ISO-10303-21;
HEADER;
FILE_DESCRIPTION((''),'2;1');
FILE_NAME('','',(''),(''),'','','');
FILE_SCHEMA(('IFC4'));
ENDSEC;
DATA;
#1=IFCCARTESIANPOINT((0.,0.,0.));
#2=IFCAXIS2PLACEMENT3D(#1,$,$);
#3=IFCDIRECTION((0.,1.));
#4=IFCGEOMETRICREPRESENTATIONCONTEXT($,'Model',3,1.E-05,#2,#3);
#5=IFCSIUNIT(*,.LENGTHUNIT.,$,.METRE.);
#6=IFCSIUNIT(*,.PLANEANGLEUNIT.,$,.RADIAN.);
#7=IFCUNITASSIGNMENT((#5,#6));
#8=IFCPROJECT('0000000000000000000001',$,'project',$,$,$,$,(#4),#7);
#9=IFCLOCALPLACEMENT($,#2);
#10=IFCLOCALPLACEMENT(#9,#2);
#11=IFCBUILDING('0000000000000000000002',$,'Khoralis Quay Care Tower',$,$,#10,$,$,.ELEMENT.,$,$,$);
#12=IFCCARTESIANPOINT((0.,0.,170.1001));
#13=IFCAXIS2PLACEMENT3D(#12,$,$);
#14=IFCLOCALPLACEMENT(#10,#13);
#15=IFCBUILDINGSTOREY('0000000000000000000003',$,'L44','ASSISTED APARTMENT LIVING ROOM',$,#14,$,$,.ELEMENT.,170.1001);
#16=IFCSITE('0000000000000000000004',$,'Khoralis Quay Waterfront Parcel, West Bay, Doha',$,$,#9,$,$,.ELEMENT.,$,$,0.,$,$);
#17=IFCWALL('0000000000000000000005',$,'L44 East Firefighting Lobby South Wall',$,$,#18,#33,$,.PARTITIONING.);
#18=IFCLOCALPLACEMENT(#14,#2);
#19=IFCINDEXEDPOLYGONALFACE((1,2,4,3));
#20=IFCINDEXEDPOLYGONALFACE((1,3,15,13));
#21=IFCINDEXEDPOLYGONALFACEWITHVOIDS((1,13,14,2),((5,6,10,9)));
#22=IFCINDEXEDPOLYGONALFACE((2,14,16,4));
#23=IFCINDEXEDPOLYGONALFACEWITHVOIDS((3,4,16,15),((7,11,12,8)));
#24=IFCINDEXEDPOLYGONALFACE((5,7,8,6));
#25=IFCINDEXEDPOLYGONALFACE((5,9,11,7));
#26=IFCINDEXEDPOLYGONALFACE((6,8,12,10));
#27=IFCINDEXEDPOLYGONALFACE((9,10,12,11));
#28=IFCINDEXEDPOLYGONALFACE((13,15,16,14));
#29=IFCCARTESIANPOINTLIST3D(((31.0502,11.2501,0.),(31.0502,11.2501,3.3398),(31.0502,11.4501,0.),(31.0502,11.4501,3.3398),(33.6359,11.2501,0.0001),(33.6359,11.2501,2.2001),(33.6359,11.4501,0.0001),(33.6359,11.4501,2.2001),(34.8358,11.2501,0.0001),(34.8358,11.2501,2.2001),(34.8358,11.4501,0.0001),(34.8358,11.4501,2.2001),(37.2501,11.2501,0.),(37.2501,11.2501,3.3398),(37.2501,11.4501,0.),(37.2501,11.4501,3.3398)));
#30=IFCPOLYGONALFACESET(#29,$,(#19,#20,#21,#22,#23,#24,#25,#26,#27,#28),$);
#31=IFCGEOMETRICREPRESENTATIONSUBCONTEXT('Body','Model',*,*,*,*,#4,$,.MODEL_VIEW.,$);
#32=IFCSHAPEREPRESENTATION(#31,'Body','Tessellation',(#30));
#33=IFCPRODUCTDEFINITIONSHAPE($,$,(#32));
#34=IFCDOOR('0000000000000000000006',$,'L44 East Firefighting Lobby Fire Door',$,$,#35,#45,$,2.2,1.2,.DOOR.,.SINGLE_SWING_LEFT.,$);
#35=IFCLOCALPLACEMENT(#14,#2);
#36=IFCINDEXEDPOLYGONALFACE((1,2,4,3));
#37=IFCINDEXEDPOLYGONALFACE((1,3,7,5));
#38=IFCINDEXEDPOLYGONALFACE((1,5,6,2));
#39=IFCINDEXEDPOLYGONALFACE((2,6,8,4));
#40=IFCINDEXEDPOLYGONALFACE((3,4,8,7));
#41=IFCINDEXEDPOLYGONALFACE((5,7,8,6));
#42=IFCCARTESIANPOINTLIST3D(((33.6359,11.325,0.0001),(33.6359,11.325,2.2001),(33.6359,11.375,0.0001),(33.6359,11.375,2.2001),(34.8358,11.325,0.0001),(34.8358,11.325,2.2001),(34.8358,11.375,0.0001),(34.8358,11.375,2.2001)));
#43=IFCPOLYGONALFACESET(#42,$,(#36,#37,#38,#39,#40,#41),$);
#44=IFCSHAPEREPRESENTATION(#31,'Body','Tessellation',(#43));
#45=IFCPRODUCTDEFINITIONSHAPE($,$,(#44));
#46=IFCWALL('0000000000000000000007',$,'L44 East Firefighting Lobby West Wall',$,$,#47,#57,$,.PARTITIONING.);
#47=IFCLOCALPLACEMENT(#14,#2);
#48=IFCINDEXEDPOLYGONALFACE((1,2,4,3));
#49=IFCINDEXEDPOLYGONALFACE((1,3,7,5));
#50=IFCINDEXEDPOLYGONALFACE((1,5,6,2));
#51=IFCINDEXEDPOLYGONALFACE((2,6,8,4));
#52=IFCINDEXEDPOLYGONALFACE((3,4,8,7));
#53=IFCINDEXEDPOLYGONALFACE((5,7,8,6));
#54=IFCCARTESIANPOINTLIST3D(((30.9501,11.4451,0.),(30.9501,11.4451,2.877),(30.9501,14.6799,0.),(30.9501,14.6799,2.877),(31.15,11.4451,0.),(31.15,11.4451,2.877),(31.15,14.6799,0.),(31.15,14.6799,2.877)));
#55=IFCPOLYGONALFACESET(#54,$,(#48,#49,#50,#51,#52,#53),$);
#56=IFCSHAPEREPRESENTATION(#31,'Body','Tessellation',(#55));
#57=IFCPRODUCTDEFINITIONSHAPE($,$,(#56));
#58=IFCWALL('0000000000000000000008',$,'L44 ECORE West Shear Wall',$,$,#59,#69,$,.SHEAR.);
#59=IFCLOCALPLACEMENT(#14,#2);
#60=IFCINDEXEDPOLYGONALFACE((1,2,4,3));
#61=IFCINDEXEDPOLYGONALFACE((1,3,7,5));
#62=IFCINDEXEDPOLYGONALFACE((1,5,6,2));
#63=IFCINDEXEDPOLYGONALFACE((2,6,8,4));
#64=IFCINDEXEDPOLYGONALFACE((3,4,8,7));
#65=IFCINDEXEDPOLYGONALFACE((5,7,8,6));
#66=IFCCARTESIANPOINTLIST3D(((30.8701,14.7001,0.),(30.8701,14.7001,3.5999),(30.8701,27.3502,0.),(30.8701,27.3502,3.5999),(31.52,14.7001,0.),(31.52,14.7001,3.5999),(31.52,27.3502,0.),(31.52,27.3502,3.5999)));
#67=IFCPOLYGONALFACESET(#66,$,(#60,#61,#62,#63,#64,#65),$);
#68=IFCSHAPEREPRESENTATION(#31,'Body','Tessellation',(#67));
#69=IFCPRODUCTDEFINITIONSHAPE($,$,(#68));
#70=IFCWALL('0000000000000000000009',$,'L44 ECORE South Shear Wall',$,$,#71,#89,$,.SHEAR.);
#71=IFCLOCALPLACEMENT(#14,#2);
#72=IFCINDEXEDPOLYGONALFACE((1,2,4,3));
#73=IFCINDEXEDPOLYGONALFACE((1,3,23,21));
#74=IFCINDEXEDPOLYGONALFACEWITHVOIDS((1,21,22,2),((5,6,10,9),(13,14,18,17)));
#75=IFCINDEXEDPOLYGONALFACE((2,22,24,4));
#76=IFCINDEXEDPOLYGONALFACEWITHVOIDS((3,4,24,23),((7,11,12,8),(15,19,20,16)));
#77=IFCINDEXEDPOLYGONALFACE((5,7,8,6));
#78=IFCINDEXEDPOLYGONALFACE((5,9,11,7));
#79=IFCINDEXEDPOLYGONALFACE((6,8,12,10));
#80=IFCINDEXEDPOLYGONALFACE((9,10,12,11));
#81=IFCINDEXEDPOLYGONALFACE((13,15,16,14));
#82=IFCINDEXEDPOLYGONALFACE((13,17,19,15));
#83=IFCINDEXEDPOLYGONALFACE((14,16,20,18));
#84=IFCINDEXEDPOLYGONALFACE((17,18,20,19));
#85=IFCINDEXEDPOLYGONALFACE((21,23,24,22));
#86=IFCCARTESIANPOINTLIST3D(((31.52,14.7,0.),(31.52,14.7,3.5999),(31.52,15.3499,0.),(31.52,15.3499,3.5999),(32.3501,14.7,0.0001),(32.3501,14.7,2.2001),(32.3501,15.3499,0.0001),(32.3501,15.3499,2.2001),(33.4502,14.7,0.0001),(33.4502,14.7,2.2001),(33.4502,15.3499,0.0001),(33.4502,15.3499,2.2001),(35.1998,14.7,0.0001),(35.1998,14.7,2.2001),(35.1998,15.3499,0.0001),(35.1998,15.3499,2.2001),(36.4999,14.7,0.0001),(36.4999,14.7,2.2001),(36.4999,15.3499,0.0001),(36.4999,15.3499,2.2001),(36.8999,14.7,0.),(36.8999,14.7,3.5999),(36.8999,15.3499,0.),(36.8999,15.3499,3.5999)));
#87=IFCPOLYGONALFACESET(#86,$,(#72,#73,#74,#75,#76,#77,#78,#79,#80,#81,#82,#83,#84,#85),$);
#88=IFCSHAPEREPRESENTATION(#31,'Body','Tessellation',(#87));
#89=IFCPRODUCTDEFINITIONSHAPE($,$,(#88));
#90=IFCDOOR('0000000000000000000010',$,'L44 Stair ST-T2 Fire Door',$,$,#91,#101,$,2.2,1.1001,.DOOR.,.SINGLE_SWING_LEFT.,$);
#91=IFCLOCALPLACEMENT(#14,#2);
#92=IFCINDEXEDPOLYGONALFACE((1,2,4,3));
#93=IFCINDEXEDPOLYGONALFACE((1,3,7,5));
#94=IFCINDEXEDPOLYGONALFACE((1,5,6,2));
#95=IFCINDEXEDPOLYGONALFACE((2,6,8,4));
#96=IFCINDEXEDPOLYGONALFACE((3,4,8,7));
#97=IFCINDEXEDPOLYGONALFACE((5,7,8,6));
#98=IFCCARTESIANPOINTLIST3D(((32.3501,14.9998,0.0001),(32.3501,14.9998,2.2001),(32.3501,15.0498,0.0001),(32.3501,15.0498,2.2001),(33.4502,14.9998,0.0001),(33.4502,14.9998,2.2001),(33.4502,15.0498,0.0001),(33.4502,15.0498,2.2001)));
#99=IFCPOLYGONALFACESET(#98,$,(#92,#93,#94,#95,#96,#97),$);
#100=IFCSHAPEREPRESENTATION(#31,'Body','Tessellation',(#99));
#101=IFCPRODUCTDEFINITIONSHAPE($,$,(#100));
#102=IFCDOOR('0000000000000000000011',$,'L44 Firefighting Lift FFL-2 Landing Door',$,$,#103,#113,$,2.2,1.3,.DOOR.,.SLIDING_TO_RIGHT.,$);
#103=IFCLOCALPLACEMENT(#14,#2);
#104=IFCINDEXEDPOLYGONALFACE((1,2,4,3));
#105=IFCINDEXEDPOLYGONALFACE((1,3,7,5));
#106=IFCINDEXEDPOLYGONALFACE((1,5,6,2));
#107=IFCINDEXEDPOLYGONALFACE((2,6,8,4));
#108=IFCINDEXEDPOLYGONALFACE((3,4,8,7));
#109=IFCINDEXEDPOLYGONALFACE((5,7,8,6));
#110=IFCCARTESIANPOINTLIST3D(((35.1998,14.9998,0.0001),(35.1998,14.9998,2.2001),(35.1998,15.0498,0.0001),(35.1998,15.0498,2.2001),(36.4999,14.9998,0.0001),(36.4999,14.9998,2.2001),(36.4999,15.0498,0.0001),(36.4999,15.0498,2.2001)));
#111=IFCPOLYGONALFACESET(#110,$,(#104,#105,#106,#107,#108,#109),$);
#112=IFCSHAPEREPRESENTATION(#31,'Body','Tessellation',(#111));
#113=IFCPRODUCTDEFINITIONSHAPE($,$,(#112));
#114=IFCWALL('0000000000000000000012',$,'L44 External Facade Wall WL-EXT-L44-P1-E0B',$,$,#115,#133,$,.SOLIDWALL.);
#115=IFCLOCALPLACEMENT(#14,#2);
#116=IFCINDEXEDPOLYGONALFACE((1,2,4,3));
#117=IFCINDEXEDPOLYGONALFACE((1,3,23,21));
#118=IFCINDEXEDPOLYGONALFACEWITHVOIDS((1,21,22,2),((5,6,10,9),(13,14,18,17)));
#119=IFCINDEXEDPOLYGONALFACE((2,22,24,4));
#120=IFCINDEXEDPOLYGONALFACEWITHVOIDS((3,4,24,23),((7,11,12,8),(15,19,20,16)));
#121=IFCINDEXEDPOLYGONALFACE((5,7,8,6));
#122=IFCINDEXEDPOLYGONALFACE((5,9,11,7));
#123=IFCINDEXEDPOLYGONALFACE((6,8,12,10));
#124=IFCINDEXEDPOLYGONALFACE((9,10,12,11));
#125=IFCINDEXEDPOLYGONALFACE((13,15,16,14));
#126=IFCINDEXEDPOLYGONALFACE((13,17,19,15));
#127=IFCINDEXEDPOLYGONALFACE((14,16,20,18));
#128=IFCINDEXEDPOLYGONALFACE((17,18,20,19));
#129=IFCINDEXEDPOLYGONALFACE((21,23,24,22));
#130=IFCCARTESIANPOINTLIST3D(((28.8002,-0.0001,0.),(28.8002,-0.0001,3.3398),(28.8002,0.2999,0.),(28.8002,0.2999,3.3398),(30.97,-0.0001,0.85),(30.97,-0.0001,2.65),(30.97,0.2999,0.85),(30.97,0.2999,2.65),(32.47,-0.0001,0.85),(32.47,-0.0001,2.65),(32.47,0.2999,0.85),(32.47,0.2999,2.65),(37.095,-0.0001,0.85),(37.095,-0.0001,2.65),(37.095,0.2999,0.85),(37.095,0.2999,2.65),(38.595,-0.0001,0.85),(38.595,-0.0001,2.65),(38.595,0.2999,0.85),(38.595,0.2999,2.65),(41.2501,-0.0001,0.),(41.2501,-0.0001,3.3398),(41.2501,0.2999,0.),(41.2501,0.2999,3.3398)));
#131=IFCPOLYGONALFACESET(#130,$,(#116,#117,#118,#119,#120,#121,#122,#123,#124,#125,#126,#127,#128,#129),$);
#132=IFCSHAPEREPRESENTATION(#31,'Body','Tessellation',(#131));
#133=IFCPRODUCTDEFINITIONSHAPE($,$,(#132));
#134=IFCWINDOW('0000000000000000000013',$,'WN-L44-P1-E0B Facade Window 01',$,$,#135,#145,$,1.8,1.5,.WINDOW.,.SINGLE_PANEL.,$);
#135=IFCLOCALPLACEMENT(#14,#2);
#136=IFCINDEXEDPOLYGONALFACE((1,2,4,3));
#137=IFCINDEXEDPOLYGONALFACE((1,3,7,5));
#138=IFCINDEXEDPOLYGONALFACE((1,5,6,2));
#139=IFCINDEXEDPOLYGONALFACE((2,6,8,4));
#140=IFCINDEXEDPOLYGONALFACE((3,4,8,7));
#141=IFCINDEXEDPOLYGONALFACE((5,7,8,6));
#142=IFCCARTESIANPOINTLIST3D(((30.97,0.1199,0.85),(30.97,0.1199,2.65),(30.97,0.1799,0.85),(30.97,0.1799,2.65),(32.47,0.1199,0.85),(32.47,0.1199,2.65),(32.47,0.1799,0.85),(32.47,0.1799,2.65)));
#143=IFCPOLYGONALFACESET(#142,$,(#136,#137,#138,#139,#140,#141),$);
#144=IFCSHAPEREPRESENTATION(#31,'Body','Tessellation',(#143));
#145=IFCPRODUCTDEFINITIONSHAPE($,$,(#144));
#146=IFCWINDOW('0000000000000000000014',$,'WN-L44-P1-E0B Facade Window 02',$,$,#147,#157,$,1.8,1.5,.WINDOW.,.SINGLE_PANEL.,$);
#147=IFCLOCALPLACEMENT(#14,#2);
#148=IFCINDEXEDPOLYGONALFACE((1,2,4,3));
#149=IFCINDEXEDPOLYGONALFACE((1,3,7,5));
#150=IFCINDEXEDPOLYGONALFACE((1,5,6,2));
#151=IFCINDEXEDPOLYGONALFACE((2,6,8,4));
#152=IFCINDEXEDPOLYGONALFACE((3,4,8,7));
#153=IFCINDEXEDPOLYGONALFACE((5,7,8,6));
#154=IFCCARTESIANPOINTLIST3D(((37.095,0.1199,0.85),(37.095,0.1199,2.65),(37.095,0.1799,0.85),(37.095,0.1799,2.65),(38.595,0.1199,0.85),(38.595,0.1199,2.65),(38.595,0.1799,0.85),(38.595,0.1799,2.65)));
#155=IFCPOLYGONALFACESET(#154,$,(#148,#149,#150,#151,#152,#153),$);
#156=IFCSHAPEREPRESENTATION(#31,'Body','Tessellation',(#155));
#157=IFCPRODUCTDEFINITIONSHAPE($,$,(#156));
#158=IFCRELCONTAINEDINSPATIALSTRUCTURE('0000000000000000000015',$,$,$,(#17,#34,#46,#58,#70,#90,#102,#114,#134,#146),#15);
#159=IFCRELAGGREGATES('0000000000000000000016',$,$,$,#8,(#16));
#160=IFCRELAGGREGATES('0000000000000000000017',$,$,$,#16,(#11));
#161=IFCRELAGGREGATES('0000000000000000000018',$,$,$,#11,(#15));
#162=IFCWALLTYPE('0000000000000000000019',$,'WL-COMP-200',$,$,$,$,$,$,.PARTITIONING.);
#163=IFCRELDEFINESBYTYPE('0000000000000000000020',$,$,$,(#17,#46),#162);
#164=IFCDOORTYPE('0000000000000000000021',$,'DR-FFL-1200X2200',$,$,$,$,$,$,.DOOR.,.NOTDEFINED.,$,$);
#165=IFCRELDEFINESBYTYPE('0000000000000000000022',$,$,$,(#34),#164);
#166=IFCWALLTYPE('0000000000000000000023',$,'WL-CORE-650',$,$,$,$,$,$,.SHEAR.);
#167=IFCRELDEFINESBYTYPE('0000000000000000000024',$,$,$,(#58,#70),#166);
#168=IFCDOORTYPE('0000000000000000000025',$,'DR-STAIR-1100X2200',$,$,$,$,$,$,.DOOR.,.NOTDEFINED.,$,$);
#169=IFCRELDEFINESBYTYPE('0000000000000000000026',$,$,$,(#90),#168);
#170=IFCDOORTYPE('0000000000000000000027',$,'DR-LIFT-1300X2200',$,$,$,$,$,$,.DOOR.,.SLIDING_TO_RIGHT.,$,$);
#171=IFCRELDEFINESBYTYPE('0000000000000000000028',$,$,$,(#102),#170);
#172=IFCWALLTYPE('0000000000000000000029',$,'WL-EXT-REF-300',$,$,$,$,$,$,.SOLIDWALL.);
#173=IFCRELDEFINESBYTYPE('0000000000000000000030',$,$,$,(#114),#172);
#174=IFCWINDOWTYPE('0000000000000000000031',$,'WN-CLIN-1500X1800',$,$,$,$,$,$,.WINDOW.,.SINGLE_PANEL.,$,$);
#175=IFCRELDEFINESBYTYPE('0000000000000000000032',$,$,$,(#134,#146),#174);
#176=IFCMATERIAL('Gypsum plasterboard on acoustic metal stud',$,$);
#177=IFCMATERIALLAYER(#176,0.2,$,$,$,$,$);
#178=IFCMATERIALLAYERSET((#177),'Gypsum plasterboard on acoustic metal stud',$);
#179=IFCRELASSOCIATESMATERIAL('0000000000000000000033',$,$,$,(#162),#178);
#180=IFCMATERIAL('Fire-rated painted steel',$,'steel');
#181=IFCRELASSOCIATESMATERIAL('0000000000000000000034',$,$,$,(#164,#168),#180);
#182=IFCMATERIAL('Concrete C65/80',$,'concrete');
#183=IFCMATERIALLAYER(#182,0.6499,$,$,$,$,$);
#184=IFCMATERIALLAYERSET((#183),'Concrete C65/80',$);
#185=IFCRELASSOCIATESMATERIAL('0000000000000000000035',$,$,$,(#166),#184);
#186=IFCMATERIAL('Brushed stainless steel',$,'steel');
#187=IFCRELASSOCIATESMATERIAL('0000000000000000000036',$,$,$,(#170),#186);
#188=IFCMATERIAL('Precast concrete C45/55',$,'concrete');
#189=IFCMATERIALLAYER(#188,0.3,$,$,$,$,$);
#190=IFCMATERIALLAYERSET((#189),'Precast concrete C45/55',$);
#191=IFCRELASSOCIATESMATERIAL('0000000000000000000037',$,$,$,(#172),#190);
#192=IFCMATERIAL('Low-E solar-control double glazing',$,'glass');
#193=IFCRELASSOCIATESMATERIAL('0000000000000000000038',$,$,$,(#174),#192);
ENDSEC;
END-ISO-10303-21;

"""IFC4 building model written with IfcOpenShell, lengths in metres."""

from ifc_helpers import new_model, si_unit, direction, frame, frame_2d, origin, place, context, subcontext, project, spatial, rectangle, extrude, source, transform, mapped, material, layer, layer_set, type_object, element, fill, save


model = new_model("IFC4")

# Units and contexts
model_context = context("Model", 3, precision=1e-05, world=origin(), true_north=direction((0.0, 1.0)))
body_context = subcontext(model_context, "Body", "Model", "MODEL_VIEW")
ifc_project = project(units=[si_unit("LENGTHUNIT", "METRE"), si_unit("PLANEANGLEUNIT", "RADIAN")], contexts=[model_context])

# Site, building, storey
site_placement = place(None, origin())
site = spatial("IfcSite", under=ifc_project, at=site_placement, Name="Khoralis Quay Waterfront Parcel, West Bay, Doha", CompositionType="ELEMENT", RefElevation=0.0)
building_placement = place(site_placement, origin())
building = spatial("IfcBuilding", under=site, at=building_placement, Name="Khoralis Quay Care Tower", CompositionType="ELEMENT")
storey_placement = place(building_placement, frame((0.0, 0.0, 170.1001)))
storey = spatial("IfcBuildingStorey", under=building, at=storey_placement, Name="L44", Description="ASSISTED APARTMENT LIVING ROOM", CompositionType="ELEMENT", Elevation=170.1001)

# Shared definitions
ifc_material_1 = material(Name="Concrete C65/80", Category="concrete")

# Wall, opening, door
ifc_material_2 = material(Name="Gypsum plasterboard on acoustic metal stud")
ifc_layer_1 = layer(ifc_material_2, 0.2)
ifc_layer_set_1 = layer_set([ifc_layer_1], Name="Gypsum plasterboard on acoustic metal stud")
wall_type_1 = type_object("IfcWallType", Name="WL-COMP-200", PredefinedType="PARTITIONING", material=ifc_layer_set_1)
wall_1_placement = place(storey_placement, frame((31.05, 11.3501, 0.0), z_axis=(0.0, 0.0, 1.0), x_axis=(1.0, 0.0, 0.0)))
wall_1 = element("IfcWall", 1, at=wall_1_placement, inside=storey, type_object=wall_type_1, Name="L44 East Firefighting Lobby South Wall", PredefinedType="PARTITIONING", context=body_context, shape_type="SweptSolid", body=[
    extrude(rectangle(XDim=6.2, YDim=0.2, at=frame_2d((3.1001, 0.0))), origin(), (0.0, 0.0, 1.0), 3.3398),
])
opening_1_placement = place(wall_1_placement, frame((2.5857, 0.0, 0.0)))
opening_1 = element("IfcOpeningElement", 2, at=opening_1_placement, cuts=wall_1, PredefinedType="OPENING", context=body_context, shape_type="SweptSolid", body=[
    extrude(rectangle(XDim=1.2, YDim=2.2, at=frame_2d((0.6001, 1.1001))), frame((0.0, 0.1099, 0.0), z_axis=(0.0, -1.0, 0.0), x_axis=(1.0, 0.0, 0.0)), (0.0, 0.0, 1.0), 0.22),
])
ifc_material_3 = material(Name="Fire-rated painted steel", Category="steel")
door_type_1 = type_object("IfcDoorType", Name="DR-FFL-1200X2200", OperationType="NOTDEFINED", PredefinedType="DOOR", material=ifc_material_3)
shared_shape_1 = source(origin(), body_context, "Body", "SweptSolid", [
    extrude(rectangle(XDim=1.2, YDim=2.2, at=frame_2d((0.6001, 1.1001))), frame((0.0, 0.0249, 0.0), z_axis=(0.0, -1.0, 0.0), x_axis=(1.0, 0.0, 0.0)), (0.0, 0.0, 1.0), 0.05),
])
door_1_placement = place(opening_1_placement, origin())
door_1 = element("IfcDoor", 3, at=door_1_placement, inside=storey, type_object=door_type_1, Name="L44 East Firefighting Lobby Fire Door", OperationType="SINGLE_SWING_LEFT", OverallHeight=2.2, OverallWidth=1.2, PredefinedType="DOOR", context=body_context, shape_type="MappedRepresentation", body=[
    mapped(shared_shape_1, transform((0.0, 0.0, 0.0), scale=1.0)),
])
fill(opening_1, door_1)

# Walls
wall_2_placement = place(storey_placement, frame((31.05, 11.4451, 0.0), z_axis=(0.0, 0.0, 1.0), x_axis=(0.0, 1.0, 0.0)))
element("IfcWall", 4, at=wall_2_placement, inside=storey, type_object=wall_type_1, Name="L44 East Firefighting Lobby West Wall", PredefinedType="PARTITIONING", context=body_context, shape_type="SweptSolid", body=[
    extrude(rectangle(XDim=3.2349, YDim=0.2, at=frame_2d((1.6174, 0.0))), origin(), (0.0, 0.0, 1.0), 2.877),
])
ifc_layer_2 = layer(ifc_material_1, 0.6499)
ifc_layer_set_2 = layer_set([ifc_layer_2], Name="Concrete C65/80")
wall_type_2 = type_object("IfcWallType", Name="WL-CORE-650", PredefinedType="SHEAR", material=ifc_layer_set_2)
wall_3_placement = place(storey_placement, frame((31.1951, 14.7, 0.0), z_axis=(0.0, 0.0, 1.0), x_axis=(0.0, 1.0, 0.0)))
element("IfcWall", 5, at=wall_3_placement, inside=storey, type_object=wall_type_2, Name="L44 ECORE West Shear Wall", PredefinedType="SHEAR", context=body_context, shape_type="SweptSolid", body=[
    extrude(rectangle(XDim=12.6501, YDim=0.6499, at=frame_2d((6.3252, 0.0))), origin(), (0.0, 0.0, 1.0), 3.5999),
])

# Wall, openings, doors
wall_4_placement = place(storey_placement, frame((31.52, 15.0249, 0.0), z_axis=(0.0, 0.0, 1.0), x_axis=(1.0, 0.0, 0.0)))
wall_4 = element("IfcWall", 6, at=wall_4_placement, inside=storey, type_object=wall_type_2, Name="L44 ECORE South Shear Wall", PredefinedType="SHEAR", context=body_context, shape_type="SweptSolid", body=[
    extrude(rectangle(XDim=5.3799, YDim=0.6499, at=frame_2d((2.6899, 0.0))), origin(), (0.0, 0.0, 1.0), 3.5999),
])
opening_2_placement = place(wall_4_placement, frame((0.8301, 0.0, 0.0)))
opening_2 = element("IfcOpeningElement", 7, at=opening_2_placement, cuts=wall_4, PredefinedType="OPENING", context=body_context, shape_type="SweptSolid", body=[
    extrude(rectangle(XDim=1.1001, YDim=2.2, at=frame_2d((0.55, 1.1001))), frame((0.0, 0.335, 0.0), z_axis=(0.0, -1.0, 0.0), x_axis=(1.0, 0.0, 0.0)), (0.0, 0.0, 1.0), 0.6699),
])
opening_3_placement = place(wall_4_placement, frame((3.6799, 0.0, 0.0)))
opening_3 = element("IfcOpeningElement", 8, at=opening_3_placement, cuts=wall_4, PredefinedType="OPENING", context=body_context, shape_type="SweptSolid", body=[
    extrude(rectangle(XDim=1.3, YDim=2.2, at=frame_2d((0.6499, 1.1001))), frame((0.0, 0.335, 0.0), z_axis=(0.0, -1.0, 0.0), x_axis=(1.0, 0.0, 0.0)), (0.0, 0.0, 1.0), 0.6699),
])
door_type_2 = type_object("IfcDoorType", Name="DR-STAIR-1100X2200", OperationType="NOTDEFINED", PredefinedType="DOOR", material=ifc_material_3)
shared_shape_2 = source(origin(), body_context, "Body", "SweptSolid", [
    extrude(rectangle(XDim=1.1001, YDim=2.2, at=frame_2d((0.55, 1.1001))), frame((0.0, 0.0249, 0.0), z_axis=(0.0, -1.0, 0.0), x_axis=(1.0, 0.0, 0.0)), (0.0, 0.0, 1.0), 0.05),
])
door_2_placement = place(opening_2_placement, origin())
door_2 = element("IfcDoor", 9, at=door_2_placement, inside=storey, type_object=door_type_2, Name="L44 Stair ST-T2 Fire Door", OperationType="SINGLE_SWING_LEFT", OverallHeight=2.2, OverallWidth=1.1001, PredefinedType="DOOR", context=body_context, shape_type="MappedRepresentation", body=[
    mapped(shared_shape_2, transform((0.0, 0.0, 0.0), scale=1.0)),
])
fill(opening_2, door_2)
ifc_material_4 = material(Name="Brushed stainless steel", Category="steel")
door_type_3 = type_object("IfcDoorType", Name="DR-LIFT-1300X2200", OperationType="SLIDING_TO_RIGHT", PredefinedType="DOOR", material=ifc_material_4)
shared_shape_3 = source(origin(), body_context, "Body", "SweptSolid", [
    extrude(rectangle(XDim=1.3, YDim=2.2, at=frame_2d((0.6499, 1.1001))), frame((0.0, 0.0249, 0.0), z_axis=(0.0, -1.0, 0.0), x_axis=(1.0, 0.0, 0.0)), (0.0, 0.0, 1.0), 0.05),
])
door_3_placement = place(opening_3_placement, origin())
door_3 = element("IfcDoor", 10, at=door_3_placement, inside=storey, type_object=door_type_3, Name="L44 Firefighting Lift FFL-2 Landing Door", OperationType="SLIDING_TO_RIGHT", OverallHeight=2.2, OverallWidth=1.3, PredefinedType="DOOR", context=body_context, shape_type="MappedRepresentation", body=[
    mapped(shared_shape_3, transform((0.0, 0.0, 0.0), scale=1.0)),
])
fill(opening_3, door_3)

# Wall, openings, windows
ifc_material_5 = material(Name="Precast concrete C45/55", Category="concrete")
ifc_layer_3 = layer(ifc_material_5, 0.3)
ifc_layer_set_3 = layer_set([ifc_layer_3], Name="Precast concrete C45/55")
wall_type_3 = type_object("IfcWallType", Name="WL-EXT-REF-300", PredefinedType="SOLIDWALL", material=ifc_layer_set_3)
wall_5_placement = place(storey_placement, frame((28.8, 0.1499, 0.0), z_axis=(0.0, 0.0, 1.0), x_axis=(1.0, 0.0, 0.0)))
wall_5 = element("IfcWall", 11, at=wall_5_placement, inside=storey, type_object=wall_type_3, Name="L44 External Facade Wall WL-EXT-L44-P1-E0B", PredefinedType="SOLIDWALL", context=body_context, shape_type="SweptSolid", body=[
    extrude(rectangle(XDim=12.45, YDim=0.3, at=frame_2d((6.2251, 0.0))), origin(), (0.0, 0.0, 1.0), 3.3398),
])
opening_4_placement = place(wall_5_placement, frame((2.1699, 0.0, 0.8501)))
opening_4 = element("IfcOpeningElement", 12, at=opening_4_placement, cuts=wall_5, PredefinedType="OPENING", context=body_context, shape_type="SweptSolid", body=[
    extrude(rectangle(XDim=1.5, YDim=1.8, at=frame_2d((0.75, 0.8999))), frame((0.0, 0.1602, 0.0), z_axis=(0.0, -1.0, 0.0), x_axis=(1.0, 0.0, 0.0)), (0.0, 0.0, 1.0), 0.3201),
])
opening_5_placement = place(wall_5_placement, frame((8.2949, 0.0, 0.8501)))
opening_5 = element("IfcOpeningElement", 13, at=opening_5_placement, cuts=wall_5, PredefinedType="OPENING", context=body_context, shape_type="SweptSolid", body=[
    extrude(rectangle(XDim=1.5, YDim=1.8, at=frame_2d((0.75, 0.8999))), frame((0.0, 0.1602, 0.0), z_axis=(0.0, -1.0, 0.0), x_axis=(1.0, 0.0, 0.0)), (0.0, 0.0, 1.0), 0.3201),
])
ifc_material_6 = material(Name="Low-E solar-control double glazing", Category="glass")
window_type = type_object("IfcWindowType", Name="WN-CLIN-1500X1800", PartitioningType="SINGLE_PANEL", PredefinedType="WINDOW", material=ifc_material_6)
shared_shape_4 = source(origin(), body_context, "Body", "SweptSolid", [
    extrude(rectangle(XDim=1.5, YDim=1.8, at=frame_2d((0.75, 0.8999))), frame((0.0, 0.03, 0.0), z_axis=(0.0, -1.0, 0.0), x_axis=(1.0, 0.0, 0.0)), (0.0, 0.0, 1.0), 0.0601),
])
window_1_placement = place(opening_4_placement, origin())
window_1 = element("IfcWindow", 14, at=window_1_placement, inside=storey, type_object=window_type, Name="WN-L44-P1-E0B Facade Window 01", OverallHeight=1.8, OverallWidth=1.5, PartitioningType="SINGLE_PANEL", PredefinedType="WINDOW", context=body_context, shape_type="MappedRepresentation", body=[
    mapped(shared_shape_4, transform((0.0, 0.0, 0.0), scale=1.0)),
])
fill(opening_4, window_1)
window_2_placement = place(opening_5_placement, origin())
window_2 = element("IfcWindow", 15, at=window_2_placement, inside=storey, type_object=window_type, Name="WN-L44-P1-E0B Facade Window 02", OverallHeight=1.8, OverallWidth=1.5, PartitioningType="SINGLE_PANEL", PredefinedType="WINDOW", context=body_context, shape_type="MappedRepresentation", body=[
    mapped(shared_shape_4, transform((0.0, 0.0, 0.0), scale=1.0)),
])
fill(opening_5, window_2)

save(model, "model.ifc")
